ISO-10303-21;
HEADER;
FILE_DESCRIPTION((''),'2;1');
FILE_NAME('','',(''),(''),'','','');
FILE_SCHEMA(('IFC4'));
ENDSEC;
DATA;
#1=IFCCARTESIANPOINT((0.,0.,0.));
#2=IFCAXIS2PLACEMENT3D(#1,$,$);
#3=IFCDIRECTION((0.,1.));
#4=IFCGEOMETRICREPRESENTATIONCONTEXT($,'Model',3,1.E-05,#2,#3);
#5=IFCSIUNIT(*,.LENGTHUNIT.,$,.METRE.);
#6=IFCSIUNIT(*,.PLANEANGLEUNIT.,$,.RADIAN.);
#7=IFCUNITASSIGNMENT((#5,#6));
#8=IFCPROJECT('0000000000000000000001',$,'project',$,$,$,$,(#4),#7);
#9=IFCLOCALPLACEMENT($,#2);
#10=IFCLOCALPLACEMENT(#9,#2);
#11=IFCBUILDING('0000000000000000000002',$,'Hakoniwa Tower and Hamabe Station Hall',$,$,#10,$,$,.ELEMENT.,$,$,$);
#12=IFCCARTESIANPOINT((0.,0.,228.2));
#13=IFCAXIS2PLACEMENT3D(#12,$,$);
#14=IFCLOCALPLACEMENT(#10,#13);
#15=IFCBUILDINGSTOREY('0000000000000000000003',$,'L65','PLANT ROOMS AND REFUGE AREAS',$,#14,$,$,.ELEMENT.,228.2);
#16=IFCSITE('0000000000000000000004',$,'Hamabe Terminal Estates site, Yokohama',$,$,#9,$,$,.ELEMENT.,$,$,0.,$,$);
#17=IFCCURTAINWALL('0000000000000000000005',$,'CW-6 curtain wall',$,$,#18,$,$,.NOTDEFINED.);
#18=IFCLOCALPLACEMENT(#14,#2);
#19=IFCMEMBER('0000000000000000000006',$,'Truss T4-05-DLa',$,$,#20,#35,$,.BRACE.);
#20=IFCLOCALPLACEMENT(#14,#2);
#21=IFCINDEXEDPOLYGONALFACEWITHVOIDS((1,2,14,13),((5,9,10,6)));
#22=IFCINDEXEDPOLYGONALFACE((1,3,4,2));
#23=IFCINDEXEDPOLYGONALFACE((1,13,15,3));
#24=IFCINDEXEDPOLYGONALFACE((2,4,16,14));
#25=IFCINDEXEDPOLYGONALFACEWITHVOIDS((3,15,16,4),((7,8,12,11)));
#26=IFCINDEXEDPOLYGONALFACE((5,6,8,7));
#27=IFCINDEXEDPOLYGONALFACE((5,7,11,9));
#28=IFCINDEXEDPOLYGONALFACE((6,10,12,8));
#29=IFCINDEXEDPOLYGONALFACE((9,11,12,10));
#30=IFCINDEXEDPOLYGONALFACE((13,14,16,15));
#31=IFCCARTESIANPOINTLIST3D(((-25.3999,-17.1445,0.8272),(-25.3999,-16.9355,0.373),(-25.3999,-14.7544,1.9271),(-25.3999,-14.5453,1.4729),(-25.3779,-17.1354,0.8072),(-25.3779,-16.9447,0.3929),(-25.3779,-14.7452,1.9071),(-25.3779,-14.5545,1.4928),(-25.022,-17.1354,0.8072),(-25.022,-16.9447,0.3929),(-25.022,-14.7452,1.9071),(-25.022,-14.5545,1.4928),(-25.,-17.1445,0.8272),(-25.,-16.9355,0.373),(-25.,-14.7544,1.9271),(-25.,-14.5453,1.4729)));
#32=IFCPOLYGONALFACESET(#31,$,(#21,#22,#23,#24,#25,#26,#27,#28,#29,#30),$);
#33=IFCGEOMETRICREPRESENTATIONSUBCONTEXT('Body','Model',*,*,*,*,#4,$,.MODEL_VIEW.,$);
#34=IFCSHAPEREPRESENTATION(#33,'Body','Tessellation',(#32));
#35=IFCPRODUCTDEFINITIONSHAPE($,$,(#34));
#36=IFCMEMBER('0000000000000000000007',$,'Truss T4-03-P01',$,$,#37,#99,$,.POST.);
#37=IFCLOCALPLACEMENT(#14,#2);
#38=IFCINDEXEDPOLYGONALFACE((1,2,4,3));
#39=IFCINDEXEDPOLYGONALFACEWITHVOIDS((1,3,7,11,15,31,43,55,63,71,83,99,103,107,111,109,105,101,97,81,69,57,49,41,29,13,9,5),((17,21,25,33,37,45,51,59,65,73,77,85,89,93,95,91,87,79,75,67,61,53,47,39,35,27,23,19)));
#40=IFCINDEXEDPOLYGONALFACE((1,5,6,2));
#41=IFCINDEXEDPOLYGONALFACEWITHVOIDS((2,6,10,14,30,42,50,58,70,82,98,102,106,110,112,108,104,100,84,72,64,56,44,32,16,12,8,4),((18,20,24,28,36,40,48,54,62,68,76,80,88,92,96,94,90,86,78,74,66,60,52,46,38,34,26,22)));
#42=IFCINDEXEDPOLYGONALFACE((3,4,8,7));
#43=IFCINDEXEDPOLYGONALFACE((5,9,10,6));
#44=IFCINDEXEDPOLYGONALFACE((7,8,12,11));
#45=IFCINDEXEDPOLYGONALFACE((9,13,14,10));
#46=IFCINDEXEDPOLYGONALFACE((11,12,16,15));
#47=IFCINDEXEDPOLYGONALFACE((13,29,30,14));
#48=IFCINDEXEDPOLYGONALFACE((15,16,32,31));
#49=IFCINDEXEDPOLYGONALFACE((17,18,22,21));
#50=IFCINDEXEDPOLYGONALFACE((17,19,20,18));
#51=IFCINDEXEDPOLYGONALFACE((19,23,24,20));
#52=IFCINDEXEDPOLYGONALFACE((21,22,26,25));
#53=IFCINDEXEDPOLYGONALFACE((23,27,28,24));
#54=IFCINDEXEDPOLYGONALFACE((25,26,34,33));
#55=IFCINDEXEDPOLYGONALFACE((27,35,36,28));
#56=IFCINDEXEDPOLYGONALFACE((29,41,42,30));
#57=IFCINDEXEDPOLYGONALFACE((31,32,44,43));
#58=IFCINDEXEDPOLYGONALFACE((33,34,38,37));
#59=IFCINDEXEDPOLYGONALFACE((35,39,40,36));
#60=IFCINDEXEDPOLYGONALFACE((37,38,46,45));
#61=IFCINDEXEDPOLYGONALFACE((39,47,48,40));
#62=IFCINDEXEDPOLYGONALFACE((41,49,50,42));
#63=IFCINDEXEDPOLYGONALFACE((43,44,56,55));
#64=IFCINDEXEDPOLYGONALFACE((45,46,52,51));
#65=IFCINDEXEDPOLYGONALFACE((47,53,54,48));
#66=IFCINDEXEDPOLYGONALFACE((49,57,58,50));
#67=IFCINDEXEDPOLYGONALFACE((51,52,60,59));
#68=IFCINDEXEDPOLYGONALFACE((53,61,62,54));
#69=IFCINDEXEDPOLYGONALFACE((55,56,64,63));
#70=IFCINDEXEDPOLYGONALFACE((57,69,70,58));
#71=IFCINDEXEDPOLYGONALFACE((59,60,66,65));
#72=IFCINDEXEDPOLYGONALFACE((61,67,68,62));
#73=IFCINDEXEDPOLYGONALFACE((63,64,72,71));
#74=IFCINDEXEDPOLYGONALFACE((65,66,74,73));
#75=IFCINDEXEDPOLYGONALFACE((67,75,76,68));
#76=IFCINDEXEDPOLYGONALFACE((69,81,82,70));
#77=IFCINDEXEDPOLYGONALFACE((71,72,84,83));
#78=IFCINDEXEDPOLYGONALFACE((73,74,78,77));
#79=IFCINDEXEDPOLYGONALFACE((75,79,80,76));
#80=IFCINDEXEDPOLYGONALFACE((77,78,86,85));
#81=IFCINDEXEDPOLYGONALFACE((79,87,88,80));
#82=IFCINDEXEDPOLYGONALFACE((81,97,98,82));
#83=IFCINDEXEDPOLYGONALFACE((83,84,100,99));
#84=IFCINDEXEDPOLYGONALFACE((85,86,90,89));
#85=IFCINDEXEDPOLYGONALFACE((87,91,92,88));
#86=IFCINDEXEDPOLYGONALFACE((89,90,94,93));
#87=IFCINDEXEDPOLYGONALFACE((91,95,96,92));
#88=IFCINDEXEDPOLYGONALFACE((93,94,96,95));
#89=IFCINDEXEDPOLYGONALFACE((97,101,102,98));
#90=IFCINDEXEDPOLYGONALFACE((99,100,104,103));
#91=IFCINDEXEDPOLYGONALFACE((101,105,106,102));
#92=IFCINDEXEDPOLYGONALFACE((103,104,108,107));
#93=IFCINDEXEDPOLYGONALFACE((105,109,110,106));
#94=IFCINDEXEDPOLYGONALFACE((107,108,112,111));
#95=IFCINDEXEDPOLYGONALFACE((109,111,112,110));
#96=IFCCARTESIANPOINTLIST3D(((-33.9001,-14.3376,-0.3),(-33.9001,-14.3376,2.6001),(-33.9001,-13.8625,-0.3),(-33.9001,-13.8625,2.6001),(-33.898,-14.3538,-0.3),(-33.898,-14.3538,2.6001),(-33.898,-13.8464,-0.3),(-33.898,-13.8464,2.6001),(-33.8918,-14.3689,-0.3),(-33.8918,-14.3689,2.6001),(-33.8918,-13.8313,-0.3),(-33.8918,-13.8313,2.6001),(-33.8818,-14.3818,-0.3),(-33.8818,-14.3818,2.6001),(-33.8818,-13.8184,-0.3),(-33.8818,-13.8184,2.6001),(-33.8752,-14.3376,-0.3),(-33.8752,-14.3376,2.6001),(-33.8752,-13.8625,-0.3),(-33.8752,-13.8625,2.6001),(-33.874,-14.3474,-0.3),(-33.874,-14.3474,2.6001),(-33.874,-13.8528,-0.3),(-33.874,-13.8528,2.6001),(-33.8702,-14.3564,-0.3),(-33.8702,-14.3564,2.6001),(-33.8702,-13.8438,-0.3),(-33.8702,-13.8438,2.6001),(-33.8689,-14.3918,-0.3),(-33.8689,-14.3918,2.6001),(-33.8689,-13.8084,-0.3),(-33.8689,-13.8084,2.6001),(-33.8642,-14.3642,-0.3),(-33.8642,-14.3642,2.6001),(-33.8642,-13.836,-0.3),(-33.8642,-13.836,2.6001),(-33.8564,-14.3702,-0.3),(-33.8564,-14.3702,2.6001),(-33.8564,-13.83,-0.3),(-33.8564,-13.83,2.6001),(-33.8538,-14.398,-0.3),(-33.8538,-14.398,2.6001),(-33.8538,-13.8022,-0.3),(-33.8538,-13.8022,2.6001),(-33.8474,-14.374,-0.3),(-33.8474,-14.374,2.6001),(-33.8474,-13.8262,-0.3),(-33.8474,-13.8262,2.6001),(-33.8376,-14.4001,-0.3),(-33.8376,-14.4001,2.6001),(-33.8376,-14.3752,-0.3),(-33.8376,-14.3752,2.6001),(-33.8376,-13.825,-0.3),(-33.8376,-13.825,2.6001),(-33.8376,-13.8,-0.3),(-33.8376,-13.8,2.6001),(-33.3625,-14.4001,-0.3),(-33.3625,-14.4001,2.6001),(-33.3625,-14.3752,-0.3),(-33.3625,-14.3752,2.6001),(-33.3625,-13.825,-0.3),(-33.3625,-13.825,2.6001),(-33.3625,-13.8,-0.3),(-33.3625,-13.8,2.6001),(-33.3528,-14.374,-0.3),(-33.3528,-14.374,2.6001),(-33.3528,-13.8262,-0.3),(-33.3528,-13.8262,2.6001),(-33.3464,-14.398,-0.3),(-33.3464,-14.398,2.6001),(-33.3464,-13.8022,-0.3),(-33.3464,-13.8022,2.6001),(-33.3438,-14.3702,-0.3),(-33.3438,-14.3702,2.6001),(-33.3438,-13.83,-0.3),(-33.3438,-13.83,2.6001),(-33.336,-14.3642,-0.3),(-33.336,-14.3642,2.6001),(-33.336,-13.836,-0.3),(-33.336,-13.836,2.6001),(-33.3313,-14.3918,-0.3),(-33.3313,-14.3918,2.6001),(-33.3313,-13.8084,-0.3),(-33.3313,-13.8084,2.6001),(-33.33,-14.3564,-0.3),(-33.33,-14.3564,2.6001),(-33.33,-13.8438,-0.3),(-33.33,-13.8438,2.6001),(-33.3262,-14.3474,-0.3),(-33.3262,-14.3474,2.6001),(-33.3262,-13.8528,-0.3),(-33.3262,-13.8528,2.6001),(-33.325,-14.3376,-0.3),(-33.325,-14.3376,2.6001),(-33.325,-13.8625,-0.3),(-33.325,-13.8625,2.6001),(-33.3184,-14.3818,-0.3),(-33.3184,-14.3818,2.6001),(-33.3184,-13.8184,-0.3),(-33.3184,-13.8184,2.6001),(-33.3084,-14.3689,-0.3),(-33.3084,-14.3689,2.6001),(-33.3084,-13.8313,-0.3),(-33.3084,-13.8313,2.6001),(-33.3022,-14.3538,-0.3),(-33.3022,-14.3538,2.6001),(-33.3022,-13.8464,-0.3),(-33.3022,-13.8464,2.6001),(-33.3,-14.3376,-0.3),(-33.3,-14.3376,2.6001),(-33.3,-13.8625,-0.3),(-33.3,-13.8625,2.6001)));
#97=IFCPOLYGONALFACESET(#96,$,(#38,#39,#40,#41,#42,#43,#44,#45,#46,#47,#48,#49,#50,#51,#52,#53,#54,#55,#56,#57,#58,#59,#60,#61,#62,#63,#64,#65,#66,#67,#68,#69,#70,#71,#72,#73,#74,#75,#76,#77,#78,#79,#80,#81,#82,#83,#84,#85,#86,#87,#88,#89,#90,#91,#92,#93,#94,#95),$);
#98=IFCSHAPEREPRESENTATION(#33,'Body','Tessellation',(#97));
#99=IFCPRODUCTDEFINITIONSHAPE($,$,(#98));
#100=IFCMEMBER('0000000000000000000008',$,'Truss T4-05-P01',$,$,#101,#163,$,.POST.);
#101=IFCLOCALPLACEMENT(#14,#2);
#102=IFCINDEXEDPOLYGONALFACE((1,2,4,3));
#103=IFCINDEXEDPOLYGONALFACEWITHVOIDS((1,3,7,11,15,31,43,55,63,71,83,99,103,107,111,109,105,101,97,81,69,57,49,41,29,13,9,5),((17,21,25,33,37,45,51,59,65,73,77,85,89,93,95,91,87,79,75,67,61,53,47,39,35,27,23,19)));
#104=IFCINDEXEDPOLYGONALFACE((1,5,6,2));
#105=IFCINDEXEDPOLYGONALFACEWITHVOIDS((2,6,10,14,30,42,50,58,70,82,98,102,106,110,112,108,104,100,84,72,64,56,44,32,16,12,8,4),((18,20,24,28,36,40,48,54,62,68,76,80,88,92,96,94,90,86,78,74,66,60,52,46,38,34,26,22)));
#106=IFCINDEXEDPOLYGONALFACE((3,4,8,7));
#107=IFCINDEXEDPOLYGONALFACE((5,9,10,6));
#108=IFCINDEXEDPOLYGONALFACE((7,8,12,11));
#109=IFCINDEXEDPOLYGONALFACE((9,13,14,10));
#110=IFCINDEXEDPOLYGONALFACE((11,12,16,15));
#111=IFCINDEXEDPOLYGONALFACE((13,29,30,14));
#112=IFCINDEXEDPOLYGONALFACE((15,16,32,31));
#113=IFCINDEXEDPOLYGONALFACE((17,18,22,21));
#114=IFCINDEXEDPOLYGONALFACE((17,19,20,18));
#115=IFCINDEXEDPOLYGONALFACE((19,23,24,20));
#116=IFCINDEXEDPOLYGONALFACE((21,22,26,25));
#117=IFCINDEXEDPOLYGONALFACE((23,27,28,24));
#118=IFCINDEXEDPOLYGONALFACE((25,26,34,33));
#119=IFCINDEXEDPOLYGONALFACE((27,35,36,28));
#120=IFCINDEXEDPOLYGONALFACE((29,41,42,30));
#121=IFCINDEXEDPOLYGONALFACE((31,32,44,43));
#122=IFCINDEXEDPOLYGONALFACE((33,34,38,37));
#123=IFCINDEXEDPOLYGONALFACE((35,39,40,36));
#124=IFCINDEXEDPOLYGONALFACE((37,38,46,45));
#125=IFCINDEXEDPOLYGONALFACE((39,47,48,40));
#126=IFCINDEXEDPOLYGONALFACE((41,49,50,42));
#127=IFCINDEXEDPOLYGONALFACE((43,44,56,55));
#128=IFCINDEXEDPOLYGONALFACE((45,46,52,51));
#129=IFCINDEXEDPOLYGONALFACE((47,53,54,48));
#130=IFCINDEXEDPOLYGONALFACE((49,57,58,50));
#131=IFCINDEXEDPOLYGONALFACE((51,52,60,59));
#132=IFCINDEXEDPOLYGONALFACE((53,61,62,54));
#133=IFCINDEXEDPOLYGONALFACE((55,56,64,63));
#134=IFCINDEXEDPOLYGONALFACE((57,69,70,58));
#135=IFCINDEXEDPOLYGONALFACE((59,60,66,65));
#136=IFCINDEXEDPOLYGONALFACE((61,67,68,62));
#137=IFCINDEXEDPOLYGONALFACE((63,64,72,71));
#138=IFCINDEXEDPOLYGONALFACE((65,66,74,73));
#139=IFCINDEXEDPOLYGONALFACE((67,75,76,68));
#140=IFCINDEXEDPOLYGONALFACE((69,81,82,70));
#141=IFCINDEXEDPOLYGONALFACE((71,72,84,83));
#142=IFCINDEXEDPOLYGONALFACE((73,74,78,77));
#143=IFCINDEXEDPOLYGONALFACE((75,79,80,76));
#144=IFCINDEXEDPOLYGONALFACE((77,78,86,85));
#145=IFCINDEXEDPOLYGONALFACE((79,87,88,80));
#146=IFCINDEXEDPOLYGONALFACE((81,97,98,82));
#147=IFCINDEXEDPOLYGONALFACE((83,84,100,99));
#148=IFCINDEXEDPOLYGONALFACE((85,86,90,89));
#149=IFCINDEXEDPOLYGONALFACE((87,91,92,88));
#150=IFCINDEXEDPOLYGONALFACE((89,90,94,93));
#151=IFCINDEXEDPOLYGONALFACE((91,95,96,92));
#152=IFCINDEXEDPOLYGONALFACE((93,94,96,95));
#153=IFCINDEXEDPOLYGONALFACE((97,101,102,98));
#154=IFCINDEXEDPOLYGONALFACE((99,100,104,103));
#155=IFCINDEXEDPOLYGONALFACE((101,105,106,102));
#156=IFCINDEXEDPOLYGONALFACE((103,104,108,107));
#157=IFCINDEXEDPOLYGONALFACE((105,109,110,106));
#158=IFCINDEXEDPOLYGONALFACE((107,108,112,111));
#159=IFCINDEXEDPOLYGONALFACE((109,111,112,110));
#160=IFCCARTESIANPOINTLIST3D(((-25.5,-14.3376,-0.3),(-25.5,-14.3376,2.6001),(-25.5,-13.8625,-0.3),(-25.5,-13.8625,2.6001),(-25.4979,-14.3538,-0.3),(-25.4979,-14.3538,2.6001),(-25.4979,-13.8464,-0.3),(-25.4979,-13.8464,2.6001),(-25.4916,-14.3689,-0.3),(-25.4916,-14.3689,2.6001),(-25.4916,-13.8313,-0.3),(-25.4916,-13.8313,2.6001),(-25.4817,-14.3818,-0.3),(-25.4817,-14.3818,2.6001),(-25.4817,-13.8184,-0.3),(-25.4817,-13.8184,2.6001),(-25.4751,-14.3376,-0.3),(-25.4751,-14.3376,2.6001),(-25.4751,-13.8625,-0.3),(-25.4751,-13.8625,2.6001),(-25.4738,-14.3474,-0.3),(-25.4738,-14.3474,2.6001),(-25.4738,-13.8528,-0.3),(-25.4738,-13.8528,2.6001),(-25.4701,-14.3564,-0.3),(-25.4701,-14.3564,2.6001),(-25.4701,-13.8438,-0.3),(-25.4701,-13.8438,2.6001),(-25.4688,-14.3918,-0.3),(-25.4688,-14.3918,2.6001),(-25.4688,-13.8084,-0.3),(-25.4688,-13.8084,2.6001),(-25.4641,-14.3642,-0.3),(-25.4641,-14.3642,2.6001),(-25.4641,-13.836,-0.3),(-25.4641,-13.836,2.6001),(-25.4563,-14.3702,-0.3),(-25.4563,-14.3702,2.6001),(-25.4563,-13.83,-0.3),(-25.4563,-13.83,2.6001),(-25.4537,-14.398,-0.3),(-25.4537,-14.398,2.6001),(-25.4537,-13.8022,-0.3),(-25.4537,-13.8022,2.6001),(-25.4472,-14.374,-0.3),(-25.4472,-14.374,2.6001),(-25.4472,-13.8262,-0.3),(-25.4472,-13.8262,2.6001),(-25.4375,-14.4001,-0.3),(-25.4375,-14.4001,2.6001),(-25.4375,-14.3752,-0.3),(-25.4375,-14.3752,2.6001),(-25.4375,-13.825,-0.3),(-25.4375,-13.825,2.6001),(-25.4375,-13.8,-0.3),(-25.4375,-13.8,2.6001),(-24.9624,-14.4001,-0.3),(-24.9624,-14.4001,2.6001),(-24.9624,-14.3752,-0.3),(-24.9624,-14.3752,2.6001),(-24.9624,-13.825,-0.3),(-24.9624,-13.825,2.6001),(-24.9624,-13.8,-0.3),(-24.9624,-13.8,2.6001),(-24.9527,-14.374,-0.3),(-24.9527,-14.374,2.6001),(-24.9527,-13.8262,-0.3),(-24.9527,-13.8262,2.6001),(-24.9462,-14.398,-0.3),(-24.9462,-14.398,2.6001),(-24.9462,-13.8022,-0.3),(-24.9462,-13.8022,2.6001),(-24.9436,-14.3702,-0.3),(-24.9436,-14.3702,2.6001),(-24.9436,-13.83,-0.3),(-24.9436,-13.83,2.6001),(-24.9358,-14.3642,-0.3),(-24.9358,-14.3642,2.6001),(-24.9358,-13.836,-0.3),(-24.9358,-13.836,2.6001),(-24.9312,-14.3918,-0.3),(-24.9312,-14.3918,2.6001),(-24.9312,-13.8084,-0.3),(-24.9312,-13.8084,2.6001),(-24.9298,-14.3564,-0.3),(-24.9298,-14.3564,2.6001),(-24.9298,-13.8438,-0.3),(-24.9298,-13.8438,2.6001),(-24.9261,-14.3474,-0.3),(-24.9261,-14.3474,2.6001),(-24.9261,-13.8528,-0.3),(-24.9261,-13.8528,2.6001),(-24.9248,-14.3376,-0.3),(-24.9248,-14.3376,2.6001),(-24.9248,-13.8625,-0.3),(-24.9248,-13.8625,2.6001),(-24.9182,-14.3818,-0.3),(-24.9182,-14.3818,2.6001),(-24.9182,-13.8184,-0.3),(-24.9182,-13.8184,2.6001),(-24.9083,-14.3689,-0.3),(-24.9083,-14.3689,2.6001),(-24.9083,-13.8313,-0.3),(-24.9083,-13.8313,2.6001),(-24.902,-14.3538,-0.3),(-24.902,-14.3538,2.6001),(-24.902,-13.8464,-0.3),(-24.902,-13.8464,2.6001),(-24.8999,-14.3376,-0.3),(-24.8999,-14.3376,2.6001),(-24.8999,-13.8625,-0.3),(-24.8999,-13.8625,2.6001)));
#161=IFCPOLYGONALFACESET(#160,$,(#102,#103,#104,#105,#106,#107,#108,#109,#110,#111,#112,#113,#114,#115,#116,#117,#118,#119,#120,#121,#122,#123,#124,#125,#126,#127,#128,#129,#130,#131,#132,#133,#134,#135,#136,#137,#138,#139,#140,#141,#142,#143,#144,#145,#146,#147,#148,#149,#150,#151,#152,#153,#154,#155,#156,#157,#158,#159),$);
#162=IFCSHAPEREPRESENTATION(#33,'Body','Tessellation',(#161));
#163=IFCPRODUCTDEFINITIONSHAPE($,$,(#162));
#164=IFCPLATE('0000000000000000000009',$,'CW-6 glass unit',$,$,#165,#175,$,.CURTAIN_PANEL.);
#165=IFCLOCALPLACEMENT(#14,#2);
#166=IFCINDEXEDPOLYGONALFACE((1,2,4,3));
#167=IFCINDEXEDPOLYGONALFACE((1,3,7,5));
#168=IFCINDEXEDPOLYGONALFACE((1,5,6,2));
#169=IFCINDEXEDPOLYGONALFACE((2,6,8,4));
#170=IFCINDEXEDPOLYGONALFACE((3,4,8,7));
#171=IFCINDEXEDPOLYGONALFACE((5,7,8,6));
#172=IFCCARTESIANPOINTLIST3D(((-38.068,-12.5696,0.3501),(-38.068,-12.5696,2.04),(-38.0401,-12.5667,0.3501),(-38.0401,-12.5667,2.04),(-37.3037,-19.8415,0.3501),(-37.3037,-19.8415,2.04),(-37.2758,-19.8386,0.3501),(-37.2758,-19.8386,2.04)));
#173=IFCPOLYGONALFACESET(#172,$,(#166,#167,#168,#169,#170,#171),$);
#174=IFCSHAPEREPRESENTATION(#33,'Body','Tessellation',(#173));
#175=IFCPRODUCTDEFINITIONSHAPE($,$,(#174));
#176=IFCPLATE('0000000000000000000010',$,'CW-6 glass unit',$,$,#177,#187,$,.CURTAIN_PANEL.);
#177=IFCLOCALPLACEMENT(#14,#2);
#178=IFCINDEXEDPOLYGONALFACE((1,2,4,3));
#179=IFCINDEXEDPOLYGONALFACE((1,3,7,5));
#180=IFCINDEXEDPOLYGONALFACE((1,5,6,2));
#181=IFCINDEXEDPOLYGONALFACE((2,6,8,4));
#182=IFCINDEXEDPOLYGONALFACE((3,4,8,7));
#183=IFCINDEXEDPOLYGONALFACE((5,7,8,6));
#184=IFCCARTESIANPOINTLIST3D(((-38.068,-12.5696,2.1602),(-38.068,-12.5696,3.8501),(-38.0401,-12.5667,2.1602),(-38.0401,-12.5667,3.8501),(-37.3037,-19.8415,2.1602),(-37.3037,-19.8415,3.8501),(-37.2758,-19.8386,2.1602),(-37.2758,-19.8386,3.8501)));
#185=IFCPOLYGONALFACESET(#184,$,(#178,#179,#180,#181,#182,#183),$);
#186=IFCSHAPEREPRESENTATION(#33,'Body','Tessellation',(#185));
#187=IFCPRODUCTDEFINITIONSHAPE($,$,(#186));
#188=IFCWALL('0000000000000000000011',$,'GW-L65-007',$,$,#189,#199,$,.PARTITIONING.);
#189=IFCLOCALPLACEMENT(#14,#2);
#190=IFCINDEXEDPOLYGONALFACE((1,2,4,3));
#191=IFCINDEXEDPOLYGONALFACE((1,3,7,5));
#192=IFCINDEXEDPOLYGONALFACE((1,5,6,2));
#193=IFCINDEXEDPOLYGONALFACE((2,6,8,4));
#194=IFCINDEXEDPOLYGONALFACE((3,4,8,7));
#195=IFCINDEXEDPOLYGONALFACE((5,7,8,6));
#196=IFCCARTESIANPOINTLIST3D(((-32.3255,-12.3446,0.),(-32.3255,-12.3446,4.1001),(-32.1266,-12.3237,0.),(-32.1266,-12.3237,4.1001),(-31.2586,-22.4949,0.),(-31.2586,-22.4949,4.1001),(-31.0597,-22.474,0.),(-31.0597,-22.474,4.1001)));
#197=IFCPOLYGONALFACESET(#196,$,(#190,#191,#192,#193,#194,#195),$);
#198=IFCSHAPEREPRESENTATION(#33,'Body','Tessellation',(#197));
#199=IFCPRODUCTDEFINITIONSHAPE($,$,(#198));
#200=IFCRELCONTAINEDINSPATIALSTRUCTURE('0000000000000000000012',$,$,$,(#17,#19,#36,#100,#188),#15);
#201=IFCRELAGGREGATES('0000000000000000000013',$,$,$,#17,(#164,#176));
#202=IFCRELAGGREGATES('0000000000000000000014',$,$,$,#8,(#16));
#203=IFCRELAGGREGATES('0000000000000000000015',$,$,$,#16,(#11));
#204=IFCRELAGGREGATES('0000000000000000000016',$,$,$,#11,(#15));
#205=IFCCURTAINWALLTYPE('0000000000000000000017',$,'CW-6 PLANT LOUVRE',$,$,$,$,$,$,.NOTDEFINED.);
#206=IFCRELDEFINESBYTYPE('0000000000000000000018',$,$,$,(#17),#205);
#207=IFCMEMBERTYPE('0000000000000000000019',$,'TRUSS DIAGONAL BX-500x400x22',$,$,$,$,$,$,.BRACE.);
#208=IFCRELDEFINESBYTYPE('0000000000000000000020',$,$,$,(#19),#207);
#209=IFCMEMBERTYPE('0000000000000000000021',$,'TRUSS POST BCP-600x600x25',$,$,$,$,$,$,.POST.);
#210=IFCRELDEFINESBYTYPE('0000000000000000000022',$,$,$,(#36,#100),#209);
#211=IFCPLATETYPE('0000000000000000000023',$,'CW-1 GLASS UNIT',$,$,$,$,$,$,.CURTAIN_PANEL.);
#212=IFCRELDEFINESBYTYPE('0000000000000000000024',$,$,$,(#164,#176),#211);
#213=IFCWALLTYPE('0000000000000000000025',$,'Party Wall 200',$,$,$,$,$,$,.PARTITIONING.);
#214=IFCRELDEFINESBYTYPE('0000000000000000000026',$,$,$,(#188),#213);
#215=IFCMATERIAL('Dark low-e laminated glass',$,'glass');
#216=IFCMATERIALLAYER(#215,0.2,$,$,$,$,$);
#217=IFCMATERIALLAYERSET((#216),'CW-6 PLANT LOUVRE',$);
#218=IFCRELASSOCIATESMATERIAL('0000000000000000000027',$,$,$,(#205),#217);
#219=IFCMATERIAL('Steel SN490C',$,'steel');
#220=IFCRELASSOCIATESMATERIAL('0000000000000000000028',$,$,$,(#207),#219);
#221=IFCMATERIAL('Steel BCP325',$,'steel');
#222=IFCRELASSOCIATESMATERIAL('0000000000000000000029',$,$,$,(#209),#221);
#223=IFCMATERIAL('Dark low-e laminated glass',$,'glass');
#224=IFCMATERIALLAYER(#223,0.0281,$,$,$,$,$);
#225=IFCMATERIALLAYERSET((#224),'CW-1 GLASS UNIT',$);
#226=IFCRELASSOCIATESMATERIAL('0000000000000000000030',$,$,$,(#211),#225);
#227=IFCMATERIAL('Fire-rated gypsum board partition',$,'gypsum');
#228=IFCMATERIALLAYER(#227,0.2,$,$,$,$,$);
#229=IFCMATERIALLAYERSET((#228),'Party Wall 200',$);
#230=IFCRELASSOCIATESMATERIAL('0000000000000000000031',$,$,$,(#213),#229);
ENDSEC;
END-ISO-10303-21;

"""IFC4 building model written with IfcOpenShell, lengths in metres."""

from ifc_helpers import new_model, si_unit, direction, frame, frame_2d, origin, origin_2d, place, context, subcontext, project, spatial, rectangle, hollow_rectangle, extrude, material, layer, layer_set, material_profile, profile_set, type_object, element, aggregate, save


model = new_model("IFC4")

# Units and contexts
model_context = context("Model", 3, precision=1e-05, world=origin(), true_north=direction((0.0, 1.0)))
body_context = subcontext(model_context, "Body", "Model", "MODEL_VIEW")
ifc_project = project(units=[si_unit("LENGTHUNIT", "METRE"), si_unit("PLANEANGLEUNIT", "RADIAN")], contexts=[model_context])

# Site, building, storey
site_placement = place(None, origin())
site = spatial("IfcSite", under=ifc_project, at=site_placement, Name="Hamabe Terminal Estates site, Yokohama", CompositionType="ELEMENT", RefElevation=0.0)
building_placement = place(site_placement, origin())
building = spatial("IfcBuilding", under=site, at=building_placement, Name="Hakoniwa Tower and Hamabe Station Hall", CompositionType="ELEMENT")
storey_placement = place(building_placement, frame((0.0, 0.0, 228.2)))
storey = spatial("IfcBuildingStorey", under=building, at=storey_placement, Name="L65", Description="PLANT ROOMS AND REFUGE AREAS", CompositionType="ELEMENT", Elevation=228.2)

# Curtain wall
ifc_material_1 = material(Name="Dark low-e laminated glass", Category="glass")
ifc_layer_1 = layer(ifc_material_1, 0.2)
ifc_layer_set_1 = layer_set([ifc_layer_1], Name="CW-6 PLANT LOUVRE")
curtain_wall_type = type_object("IfcCurtainWallType", Name="CW-6 PLANT LOUVRE", PredefinedType="NOTDEFINED", material=ifc_layer_set_1)
curtain_wall_1_placement = place(storey_placement, origin())
curtain_wall_1 = element("IfcCurtainWall", 1, at=curtain_wall_1_placement, inside=storey, type_object=curtain_wall_type, Name="CW-6 curtain wall", PredefinedType="NOTDEFINED")

# Members
ifc_material_2 = material(Name="Steel SN490C", Category="steel")
ifc_material_profile_1 = material_profile(ifc_material_2, hollow_rectangle(XDim=0.3999, YDim=0.5, WallThickness=0.022, at=origin_2d()), Name="BX-500x400x22")
ifc_profile_set_1 = profile_set([ifc_material_profile_1], Name="Steel SN490C")
member_type_1 = type_object("IfcMemberType", Name="TRUSS DIAGONAL BX-500x400x22", PredefinedType="BRACE", material=ifc_profile_set_1)
member_1_placement = place(storey_placement, frame((-25.2, -17.04, 0.6001), z_axis=(0.0, 0.908434, 0.418028), x_axis=(-1.0, 0.0, 0.0)))
element("IfcMember", 2, at=member_1_placement, inside=storey, type_object=member_type_1, Name="Truss T4-05-DLa", PredefinedType="BRACE", context=body_context, shape_type="SweptSolid", body=[
    extrude(hollow_rectangle(XDim=0.3999, YDim=0.5, WallThickness=0.022, at=origin_2d()), origin(), (0.0, 0.0, 1.0), 2.6311),
])
ifc_material_3 = material(Name="Steel BCP325", Category="steel")
ifc_material_profile_2 = material_profile(ifc_material_3, hollow_rectangle(XDim=0.6001, YDim=0.6001, WallThickness=0.0249, InnerFilletRadius=0.0376, OuterFilletRadius=0.0625, at=origin_2d()), Name="BCP-600x600x25")
ifc_profile_set_2 = profile_set([ifc_material_profile_2], Name="Steel BCP325")
member_type_2 = type_object("IfcMemberType", Name="TRUSS POST BCP-600x600x25", PredefinedType="POST", material=ifc_profile_set_2)
for number, where, z_axis, x_axis, name in (
    (3, (-33.6001, -14.1001, -0.3), (0.0, 0.0, 1.0), (1.0, 0.0, 0.0), "Truss T4-03-P01"),
    (4, (-25.2, -14.1001, -0.3), (0.0, 0.0, 1.0), (1.0, 0.0, 0.0), "Truss T4-05-P01"),
):
    element("IfcMember", number, at=place(storey_placement, frame(where, z_axis=z_axis, x_axis=x_axis)), inside=storey, type_object=member_type_2, Name=name, PredefinedType="POST", context=body_context, shape_type="SweptSolid", body=[
        extrude(hollow_rectangle(XDim=0.6001, YDim=0.6001, WallThickness=0.0249, InnerFilletRadius=0.0376, OuterFilletRadius=0.0625, at=origin_2d()), origin(), (0.0, 0.0, 1.0), 2.9001),
    ])

# Plates
ifc_material_4 = material(Name="Dark low-e laminated glass", Category="glass")
ifc_layer_2 = layer(ifc_material_4, 0.0281)
ifc_layer_set_2 = layer_set([ifc_layer_2], Name="CW-1 GLASS UNIT")
plate_type = type_object("IfcPlateType", Name="CW-1 GLASS UNIT", PredefinedType="CURTAIN_PANEL", material=ifc_layer_set_2)
plate_1_placement = place(storey_placement, frame((-37.6719, -16.2041, 0.3501), z_axis=(0.0, 0.0, 1.0), x_axis=(0.104528, -0.994522, 0.0)))
plate_1 = element("IfcPlate", 5, at=plate_1_placement, type_object=plate_type, Name="CW-6 glass unit", PredefinedType="CURTAIN_PANEL", context=body_context, shape_type="SweptSolid", body=[
    extrude(rectangle(XDim=7.312, YDim=0.0281, at=origin_2d()), origin(), (0.0, 0.0, 1.0), 1.6899),
])
plate_2_placement = place(storey_placement, frame((-37.6719, -16.2041, 2.1602), z_axis=(0.0, 0.0, 1.0), x_axis=(0.104528, -0.994522, 0.0)))
plate_2 = element("IfcPlate", 6, at=plate_2_placement, type_object=plate_type, Name="CW-6 glass unit", PredefinedType="CURTAIN_PANEL", context=body_context, shape_type="SweptSolid", body=[
    extrude(rectangle(XDim=7.312, YDim=0.0281, at=origin_2d()), origin(), (0.0, 0.0, 1.0), 1.6899),
])
aggregate(curtain_wall_1, [plate_1, plate_2])

# Wall
ifc_material_5 = material(Name="Fire-rated gypsum board partition", Category="gypsum")
ifc_layer_3 = layer(ifc_material_5, 0.2)
ifc_layer_set_3 = layer_set([ifc_layer_3], Name="Party Wall 200")
wall_type = type_object("IfcWallType", Name="Party Wall 200", PredefinedType="PARTITIONING", material=ifc_layer_set_3)
wall_placement = place(storey_placement, frame((-31.1592, -22.4844, 0.0), z_axis=(0.0, 0.0, 1.0), x_axis=(-0.104533, 0.994521, 0.0)))
element("IfcWall", 7, at=wall_placement, inside=storey, type_object=wall_type, Name="GW-L65-007", PredefinedType="PARTITIONING", context=body_context, shape_type="SweptSolid", body=[
    extrude(rectangle(XDim=10.2063, YDim=0.2, at=frame_2d((5.103, 0.0))), origin(), (0.0, 0.0, 1.0), 4.1001),
])

save(model, "model.ifc")
